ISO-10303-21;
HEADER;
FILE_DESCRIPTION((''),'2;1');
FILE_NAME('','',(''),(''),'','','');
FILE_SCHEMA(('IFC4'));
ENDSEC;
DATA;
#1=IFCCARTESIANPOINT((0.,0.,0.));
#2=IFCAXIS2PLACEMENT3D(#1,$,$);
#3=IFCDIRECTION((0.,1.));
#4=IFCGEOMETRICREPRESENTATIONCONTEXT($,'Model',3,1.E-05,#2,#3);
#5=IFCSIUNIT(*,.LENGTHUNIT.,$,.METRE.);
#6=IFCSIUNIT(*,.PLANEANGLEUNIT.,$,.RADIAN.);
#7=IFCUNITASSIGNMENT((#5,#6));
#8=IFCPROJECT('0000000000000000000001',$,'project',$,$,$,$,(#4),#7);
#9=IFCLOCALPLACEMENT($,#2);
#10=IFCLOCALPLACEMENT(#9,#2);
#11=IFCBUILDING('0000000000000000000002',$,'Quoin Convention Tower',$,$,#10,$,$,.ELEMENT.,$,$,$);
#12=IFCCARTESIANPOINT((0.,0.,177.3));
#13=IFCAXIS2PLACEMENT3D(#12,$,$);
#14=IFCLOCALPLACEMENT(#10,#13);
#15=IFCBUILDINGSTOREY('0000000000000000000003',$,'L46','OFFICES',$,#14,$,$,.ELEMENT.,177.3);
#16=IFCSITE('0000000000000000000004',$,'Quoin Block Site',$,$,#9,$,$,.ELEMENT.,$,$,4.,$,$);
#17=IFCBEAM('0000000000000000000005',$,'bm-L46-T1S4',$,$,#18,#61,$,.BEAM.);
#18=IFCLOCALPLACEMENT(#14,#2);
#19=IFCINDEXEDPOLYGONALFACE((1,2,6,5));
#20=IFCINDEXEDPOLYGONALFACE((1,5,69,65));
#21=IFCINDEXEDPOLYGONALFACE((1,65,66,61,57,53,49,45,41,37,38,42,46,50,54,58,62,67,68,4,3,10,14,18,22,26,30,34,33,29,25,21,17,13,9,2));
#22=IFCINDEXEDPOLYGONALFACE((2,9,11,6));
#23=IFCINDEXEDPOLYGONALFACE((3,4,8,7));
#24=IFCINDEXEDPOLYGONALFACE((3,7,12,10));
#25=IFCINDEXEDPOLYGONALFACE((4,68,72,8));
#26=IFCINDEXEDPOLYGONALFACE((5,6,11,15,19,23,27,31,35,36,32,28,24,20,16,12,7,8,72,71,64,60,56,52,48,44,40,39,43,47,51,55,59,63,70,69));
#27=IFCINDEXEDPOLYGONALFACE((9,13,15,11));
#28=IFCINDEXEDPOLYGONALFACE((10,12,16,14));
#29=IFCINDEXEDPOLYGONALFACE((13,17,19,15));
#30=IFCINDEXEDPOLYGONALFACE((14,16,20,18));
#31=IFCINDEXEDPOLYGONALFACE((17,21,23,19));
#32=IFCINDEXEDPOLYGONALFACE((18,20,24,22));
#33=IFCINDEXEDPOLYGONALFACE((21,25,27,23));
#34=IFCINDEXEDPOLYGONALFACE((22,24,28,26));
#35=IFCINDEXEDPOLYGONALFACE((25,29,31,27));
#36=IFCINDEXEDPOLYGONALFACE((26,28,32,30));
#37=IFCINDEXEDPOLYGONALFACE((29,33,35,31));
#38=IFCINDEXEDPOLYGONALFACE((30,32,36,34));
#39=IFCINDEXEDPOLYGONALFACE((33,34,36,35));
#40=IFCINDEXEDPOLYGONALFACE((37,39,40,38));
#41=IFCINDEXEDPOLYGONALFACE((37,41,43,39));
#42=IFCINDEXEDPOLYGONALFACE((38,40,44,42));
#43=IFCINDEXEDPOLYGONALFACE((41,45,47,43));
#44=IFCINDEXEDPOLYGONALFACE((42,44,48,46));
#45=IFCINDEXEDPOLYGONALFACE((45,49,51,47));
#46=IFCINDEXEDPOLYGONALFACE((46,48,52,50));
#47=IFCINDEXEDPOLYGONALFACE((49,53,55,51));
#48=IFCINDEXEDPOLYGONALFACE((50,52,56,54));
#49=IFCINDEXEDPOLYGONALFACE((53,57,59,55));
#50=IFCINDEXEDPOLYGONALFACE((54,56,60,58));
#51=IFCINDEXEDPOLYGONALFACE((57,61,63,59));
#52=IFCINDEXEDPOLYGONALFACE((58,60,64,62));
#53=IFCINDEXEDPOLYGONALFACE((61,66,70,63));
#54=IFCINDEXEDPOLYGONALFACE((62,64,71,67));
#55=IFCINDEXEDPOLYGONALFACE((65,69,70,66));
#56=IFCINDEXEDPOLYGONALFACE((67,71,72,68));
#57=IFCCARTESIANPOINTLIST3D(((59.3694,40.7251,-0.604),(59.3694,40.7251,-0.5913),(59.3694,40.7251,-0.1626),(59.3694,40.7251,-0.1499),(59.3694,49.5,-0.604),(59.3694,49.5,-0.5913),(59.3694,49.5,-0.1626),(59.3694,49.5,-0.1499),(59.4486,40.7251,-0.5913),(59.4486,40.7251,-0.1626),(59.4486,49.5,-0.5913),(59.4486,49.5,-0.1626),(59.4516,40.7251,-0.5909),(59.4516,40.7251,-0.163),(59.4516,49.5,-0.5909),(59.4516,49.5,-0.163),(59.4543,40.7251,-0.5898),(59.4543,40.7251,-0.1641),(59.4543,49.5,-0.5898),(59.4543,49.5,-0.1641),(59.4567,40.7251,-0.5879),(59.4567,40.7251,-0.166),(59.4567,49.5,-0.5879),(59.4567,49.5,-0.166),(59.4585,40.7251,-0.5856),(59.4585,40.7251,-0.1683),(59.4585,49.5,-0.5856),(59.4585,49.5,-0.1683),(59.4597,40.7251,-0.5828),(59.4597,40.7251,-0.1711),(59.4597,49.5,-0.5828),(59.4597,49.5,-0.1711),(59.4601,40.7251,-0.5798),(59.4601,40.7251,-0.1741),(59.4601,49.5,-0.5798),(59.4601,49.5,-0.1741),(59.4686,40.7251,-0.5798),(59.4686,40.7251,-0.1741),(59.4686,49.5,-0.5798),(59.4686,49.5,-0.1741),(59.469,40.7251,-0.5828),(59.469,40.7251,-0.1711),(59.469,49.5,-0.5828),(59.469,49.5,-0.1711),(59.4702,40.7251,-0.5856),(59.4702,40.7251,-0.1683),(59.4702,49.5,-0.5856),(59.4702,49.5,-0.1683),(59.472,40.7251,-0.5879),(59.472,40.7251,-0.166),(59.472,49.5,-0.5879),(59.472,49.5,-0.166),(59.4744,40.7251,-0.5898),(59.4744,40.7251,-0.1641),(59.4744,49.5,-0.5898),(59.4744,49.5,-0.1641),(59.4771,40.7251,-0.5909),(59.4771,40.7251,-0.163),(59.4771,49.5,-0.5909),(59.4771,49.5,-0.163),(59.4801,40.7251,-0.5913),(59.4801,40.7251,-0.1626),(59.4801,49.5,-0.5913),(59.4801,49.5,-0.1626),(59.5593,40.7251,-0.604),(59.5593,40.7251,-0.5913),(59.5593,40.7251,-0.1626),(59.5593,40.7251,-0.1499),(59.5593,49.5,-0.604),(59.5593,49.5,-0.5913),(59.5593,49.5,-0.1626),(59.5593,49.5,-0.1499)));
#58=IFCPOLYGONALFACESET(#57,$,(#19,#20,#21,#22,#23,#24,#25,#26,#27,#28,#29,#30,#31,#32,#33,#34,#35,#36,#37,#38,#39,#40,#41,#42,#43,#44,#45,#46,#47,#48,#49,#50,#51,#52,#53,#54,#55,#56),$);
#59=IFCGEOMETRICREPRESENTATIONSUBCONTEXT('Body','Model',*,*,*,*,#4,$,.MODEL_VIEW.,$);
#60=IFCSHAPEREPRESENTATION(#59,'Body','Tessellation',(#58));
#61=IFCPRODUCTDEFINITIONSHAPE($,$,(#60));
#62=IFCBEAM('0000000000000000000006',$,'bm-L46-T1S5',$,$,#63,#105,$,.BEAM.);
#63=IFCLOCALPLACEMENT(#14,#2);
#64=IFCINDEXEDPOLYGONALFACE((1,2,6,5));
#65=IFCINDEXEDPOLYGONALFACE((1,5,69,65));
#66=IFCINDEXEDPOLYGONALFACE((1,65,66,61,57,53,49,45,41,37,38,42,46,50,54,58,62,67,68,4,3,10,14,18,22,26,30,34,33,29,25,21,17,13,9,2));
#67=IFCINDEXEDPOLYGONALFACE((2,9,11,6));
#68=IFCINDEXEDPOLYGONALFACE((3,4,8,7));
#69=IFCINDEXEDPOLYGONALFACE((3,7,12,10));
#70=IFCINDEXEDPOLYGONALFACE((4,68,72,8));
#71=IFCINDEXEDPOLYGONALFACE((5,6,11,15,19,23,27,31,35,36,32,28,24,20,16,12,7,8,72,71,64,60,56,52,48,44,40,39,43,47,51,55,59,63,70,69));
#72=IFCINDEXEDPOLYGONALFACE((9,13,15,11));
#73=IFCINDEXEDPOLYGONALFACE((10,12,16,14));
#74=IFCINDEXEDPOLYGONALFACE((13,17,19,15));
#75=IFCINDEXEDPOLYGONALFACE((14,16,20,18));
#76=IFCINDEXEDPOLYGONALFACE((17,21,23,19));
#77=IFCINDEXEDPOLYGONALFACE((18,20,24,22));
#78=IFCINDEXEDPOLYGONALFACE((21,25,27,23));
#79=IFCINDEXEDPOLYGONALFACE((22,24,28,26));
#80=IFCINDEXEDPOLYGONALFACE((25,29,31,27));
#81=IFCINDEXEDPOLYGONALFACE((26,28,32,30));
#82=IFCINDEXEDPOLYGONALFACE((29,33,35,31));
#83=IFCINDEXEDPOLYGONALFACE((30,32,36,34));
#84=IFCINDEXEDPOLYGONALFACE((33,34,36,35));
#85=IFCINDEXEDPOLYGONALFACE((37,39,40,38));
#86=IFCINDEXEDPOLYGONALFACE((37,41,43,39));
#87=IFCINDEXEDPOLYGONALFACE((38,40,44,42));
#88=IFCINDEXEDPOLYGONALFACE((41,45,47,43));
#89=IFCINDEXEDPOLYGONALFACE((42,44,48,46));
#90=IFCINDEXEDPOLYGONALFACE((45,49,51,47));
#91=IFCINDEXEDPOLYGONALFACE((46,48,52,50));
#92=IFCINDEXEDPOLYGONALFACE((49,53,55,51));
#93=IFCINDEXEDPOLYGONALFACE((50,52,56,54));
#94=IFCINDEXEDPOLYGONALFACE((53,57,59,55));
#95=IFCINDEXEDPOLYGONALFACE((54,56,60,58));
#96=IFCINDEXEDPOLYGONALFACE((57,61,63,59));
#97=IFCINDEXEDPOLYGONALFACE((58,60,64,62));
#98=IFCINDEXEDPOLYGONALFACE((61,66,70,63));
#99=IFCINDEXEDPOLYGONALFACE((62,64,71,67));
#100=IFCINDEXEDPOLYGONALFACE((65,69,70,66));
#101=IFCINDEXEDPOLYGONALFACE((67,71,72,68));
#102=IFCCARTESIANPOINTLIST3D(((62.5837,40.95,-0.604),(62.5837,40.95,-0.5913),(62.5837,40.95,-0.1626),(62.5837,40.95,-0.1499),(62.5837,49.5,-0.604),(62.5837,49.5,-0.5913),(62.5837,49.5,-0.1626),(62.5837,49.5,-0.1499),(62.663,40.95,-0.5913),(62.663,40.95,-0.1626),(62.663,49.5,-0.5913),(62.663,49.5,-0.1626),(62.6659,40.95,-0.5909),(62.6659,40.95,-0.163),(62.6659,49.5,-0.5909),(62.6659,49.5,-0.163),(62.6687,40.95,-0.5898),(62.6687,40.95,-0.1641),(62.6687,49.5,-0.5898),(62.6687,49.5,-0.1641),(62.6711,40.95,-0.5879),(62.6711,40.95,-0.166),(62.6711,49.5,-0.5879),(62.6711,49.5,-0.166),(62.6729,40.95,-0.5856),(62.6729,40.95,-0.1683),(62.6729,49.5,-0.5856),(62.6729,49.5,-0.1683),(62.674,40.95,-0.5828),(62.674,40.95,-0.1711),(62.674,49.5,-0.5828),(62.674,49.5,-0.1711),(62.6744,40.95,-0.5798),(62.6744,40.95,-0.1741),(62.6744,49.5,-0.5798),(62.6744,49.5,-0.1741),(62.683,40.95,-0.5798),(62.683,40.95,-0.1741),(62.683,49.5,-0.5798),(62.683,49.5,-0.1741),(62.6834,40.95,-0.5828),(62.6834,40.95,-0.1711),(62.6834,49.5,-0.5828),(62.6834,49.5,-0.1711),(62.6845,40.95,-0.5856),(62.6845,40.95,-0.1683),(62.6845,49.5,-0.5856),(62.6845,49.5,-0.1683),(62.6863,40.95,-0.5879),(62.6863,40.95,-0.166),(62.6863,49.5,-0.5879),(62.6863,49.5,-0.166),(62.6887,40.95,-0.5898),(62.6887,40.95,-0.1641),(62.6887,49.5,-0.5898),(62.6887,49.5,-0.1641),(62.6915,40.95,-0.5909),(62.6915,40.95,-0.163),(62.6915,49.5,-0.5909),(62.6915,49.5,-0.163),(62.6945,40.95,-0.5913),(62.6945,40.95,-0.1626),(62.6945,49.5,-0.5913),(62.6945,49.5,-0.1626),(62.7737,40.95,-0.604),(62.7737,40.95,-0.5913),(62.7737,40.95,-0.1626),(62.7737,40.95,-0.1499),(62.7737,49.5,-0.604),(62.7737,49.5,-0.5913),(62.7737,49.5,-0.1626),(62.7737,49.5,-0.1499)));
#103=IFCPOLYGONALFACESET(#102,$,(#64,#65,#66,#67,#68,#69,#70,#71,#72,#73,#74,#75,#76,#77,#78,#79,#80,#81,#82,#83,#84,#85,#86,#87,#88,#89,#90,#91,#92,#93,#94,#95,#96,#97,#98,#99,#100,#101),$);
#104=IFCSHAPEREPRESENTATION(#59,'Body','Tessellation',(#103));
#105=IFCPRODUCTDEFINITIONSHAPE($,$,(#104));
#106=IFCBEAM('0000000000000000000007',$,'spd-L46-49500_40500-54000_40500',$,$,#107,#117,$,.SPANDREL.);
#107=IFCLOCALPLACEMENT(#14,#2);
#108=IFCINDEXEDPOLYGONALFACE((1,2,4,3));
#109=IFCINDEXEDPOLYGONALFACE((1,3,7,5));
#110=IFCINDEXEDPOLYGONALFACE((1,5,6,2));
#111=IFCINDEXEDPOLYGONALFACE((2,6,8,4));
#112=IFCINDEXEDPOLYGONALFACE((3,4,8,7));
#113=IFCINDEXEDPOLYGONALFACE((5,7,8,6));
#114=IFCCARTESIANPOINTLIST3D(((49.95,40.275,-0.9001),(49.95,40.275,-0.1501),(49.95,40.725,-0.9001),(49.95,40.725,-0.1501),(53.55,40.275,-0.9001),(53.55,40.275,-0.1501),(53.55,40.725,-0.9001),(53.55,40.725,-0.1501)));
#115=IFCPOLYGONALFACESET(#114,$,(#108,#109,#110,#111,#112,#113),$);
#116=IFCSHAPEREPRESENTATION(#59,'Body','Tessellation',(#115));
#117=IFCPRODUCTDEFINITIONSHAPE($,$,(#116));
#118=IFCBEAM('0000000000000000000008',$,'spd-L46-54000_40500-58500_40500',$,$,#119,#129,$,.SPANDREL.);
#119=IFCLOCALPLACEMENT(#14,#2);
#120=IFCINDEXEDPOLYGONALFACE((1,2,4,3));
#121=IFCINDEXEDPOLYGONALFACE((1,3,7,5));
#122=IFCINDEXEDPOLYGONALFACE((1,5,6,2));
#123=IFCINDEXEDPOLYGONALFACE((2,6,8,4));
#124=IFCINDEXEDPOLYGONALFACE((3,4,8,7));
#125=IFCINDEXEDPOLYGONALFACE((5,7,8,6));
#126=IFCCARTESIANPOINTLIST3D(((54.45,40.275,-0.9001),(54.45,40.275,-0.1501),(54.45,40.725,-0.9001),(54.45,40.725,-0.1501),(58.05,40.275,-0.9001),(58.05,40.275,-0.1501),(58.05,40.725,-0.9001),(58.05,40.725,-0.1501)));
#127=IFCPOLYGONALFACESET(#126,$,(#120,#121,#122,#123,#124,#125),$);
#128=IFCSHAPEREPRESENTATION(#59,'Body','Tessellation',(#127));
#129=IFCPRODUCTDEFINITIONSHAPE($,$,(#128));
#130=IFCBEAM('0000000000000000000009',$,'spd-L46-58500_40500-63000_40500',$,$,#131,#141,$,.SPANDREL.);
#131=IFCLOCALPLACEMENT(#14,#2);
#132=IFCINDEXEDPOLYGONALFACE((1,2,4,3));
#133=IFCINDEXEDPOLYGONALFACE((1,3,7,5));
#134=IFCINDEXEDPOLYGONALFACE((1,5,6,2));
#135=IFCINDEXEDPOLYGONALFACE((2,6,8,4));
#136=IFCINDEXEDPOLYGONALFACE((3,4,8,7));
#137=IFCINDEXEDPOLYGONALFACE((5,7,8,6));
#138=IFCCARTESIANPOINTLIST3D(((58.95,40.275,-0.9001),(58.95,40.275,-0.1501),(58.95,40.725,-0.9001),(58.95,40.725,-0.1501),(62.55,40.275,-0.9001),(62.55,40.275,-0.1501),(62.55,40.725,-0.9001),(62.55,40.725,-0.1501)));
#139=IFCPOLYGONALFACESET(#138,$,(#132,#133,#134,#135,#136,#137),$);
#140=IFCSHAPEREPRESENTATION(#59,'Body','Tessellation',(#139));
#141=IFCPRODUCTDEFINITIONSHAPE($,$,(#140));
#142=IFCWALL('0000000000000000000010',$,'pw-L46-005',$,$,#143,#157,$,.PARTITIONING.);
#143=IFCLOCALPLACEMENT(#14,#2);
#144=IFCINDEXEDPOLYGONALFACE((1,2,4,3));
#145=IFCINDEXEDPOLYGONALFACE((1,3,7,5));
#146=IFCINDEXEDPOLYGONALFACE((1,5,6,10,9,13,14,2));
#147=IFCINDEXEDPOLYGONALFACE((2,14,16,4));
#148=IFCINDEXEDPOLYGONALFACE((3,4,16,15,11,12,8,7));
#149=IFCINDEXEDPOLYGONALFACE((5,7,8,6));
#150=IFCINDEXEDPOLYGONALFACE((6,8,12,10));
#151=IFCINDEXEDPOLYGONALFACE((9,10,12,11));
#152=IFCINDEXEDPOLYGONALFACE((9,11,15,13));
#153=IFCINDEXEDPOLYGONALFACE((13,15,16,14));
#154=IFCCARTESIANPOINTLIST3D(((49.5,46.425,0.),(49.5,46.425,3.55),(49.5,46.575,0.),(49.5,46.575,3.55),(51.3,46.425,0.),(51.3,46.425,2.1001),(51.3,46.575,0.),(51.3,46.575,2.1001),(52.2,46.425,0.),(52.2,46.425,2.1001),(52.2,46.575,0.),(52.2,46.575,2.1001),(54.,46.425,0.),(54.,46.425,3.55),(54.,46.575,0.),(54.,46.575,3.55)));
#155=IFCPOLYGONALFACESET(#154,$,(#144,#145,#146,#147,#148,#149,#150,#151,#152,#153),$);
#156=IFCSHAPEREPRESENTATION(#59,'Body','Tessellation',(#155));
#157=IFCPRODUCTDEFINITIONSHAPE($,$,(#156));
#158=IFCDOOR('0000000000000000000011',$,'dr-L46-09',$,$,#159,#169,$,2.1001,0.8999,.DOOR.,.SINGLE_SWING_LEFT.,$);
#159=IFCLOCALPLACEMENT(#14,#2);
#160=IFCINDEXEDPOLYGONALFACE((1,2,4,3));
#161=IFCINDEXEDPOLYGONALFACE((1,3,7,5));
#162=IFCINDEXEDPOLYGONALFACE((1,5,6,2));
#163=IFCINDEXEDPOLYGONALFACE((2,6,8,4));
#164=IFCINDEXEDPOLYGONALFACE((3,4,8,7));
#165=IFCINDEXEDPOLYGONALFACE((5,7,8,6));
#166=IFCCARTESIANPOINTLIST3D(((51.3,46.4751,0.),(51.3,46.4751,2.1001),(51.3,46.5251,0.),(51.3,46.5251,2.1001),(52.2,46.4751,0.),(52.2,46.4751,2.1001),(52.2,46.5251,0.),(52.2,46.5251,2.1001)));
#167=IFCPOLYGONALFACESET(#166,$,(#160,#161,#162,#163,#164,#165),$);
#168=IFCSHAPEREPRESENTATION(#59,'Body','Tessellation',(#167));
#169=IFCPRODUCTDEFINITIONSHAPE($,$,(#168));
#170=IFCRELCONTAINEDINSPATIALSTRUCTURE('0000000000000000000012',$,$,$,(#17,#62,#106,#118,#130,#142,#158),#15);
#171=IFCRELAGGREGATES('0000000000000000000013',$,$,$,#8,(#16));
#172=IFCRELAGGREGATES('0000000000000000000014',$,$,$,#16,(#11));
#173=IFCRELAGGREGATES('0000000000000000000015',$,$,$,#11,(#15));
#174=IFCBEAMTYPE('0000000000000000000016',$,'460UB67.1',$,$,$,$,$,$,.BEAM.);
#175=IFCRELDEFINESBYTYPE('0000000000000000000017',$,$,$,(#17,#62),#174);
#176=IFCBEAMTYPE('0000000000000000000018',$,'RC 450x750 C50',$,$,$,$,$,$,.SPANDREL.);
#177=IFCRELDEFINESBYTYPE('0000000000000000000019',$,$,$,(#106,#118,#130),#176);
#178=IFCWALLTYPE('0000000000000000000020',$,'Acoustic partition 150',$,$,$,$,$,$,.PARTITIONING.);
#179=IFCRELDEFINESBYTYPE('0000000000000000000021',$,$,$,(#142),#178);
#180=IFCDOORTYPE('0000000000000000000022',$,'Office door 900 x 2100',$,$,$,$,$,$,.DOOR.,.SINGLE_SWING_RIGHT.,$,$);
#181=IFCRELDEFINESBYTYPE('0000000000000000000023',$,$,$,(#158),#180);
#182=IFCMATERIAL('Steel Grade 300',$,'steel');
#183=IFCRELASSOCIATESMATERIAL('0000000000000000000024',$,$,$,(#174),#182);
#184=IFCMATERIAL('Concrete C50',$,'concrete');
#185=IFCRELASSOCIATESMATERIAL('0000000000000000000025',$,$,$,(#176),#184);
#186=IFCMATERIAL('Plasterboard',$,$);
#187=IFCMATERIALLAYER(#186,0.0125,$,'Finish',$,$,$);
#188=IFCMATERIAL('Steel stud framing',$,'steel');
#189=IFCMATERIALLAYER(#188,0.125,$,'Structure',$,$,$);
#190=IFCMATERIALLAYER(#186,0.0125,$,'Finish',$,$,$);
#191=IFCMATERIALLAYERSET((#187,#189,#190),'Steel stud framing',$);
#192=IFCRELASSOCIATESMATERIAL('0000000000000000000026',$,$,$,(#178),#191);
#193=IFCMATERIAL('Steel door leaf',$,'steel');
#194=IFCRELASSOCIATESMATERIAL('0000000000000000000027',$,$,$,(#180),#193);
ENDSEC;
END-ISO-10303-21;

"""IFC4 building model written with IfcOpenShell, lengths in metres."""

from ifc_helpers import new_model, si_unit, direction, frame, frame_2d, origin, origin_2d, place, context, subcontext, project, spatial, rectangle, i_section, extrude, material, layer, layer_set, material_profile, profile_set, type_object, element, fill, save


model = new_model("IFC4")

# Units and contexts
model_context = context("Model", 3, precision=1e-05, world=origin(), true_north=direction((0.0, 1.0)))
body_context = subcontext(model_context, "Body", "Model", "MODEL_VIEW")
ifc_project = project(units=[si_unit("LENGTHUNIT", "METRE"), si_unit("PLANEANGLEUNIT", "RADIAN")], contexts=[model_context])

# Site, building, storey
site_placement = place(None, origin())
site = spatial("IfcSite", under=ifc_project, at=site_placement, Name="Quoin Block Site", CompositionType="ELEMENT", RefElevation=4.0)
building_placement = place(site_placement, origin())
building = spatial("IfcBuilding", under=site, at=building_placement, Name="Quoin Convention Tower", CompositionType="ELEMENT")
storey_placement = place(building_placement, frame((0.0, 0.0, 177.3)))
storey = spatial("IfcBuildingStorey", under=building, at=storey_placement, Name="L46", Description="OFFICES", CompositionType="ELEMENT", Elevation=177.3)

# Shared definitions
ifc_material_1 = material(Name="Concrete C50", Category="concrete")

# Beams
ifc_material_2 = material(Name="Steel Grade 300", Category="steel")
ifc_material_profile_1 = material_profile(ifc_material_2, i_section(OverallWidth=0.1899, OverallDepth=0.4541, WebThickness=0.0085, FlangeThickness=0.0127, FilletRadius=0.0115, at=origin_2d()), Name="460UB67.1")
ifc_profile_set_1 = profile_set([ifc_material_profile_1], Name="Steel Grade 300")
beam_type_1 = type_object("IfcBeamType", Name="460UB67.1", PredefinedType="BEAM", material=ifc_profile_set_1)
for number, where, z_axis, x_axis, name in (
    (1, (59.4644, 40.7251, -0.377), (0.0, 1.0, 0.0), (-1.0, 0.0, 0.0), "bm-L46-T1S4"),
):
    element("IfcBeam", number, at=place(storey_placement, frame(where, z_axis=z_axis, x_axis=x_axis)), inside=storey, type_object=beam_type_1, Name=name, PredefinedType="BEAM", context=body_context, shape_type="SweptSolid", body=[
        extrude(i_section(OverallWidth=0.1899, OverallDepth=0.4541, WebThickness=0.0085, FlangeThickness=0.0127, FilletRadius=0.0115, at=origin_2d()), origin(), (0.0, 0.0, 1.0), 8.7749),
    ])
beam_1_placement = place(storey_placement, frame((62.6787, 40.95, -0.377), z_axis=(0.0, 1.0, 0.0), x_axis=(-1.0, 0.0, 0.0)))
element("IfcBeam", 2, at=beam_1_placement, inside=storey, type_object=beam_type_1, Name="bm-L46-T1S5", PredefinedType="BEAM", context=body_context, shape_type="SweptSolid", body=[
    extrude(i_section(OverallWidth=0.1899, OverallDepth=0.4541, WebThickness=0.0085, FlangeThickness=0.0127, FilletRadius=0.0115, at=origin_2d()), origin(), (0.0, 0.0, 1.0), 8.55),
])
ifc_material_profile_2 = material_profile(ifc_material_1, rectangle(XDim=0.45, YDim=0.75, at=origin_2d()), Name="RC 450x750")
ifc_profile_set_2 = profile_set([ifc_material_profile_2], Name="Concrete C50")
beam_type_2 = type_object("IfcBeamType", Name="RC 450x750 C50", PredefinedType="SPANDREL", material=ifc_profile_set_2)
for number, where, z_axis, x_axis, name in (
    (3, (49.95, 40.5, -0.5251), (1.0, 0.0, 0.0), (0.0, 1.0, 0.0), "spd-L46-49500_40500-54000_40500"),
    (4, (54.45, 40.5, -0.5251), (1.0, 0.0, 0.0), (0.0, 1.0, 0.0), "spd-L46-54000_40500-58500_40500"),
    (5, (58.95, 40.5, -0.5251), (1.0, 0.0, 0.0), (0.0, 1.0, 0.0), "spd-L46-58500_40500-63000_40500"),
):
    element("IfcBeam", number, at=place(storey_placement, frame(where, z_axis=z_axis, x_axis=x_axis)), inside=storey, type_object=beam_type_2, Name=name, PredefinedType="SPANDREL", context=body_context, shape_type="SweptSolid", body=[
        extrude(rectangle(XDim=0.45, YDim=0.75, at=origin_2d()), origin(), (0.0, 0.0, 1.0), 3.6001),
    ])

# Wall, opening, door
ifc_material_3 = material(Name="Plasterboard")
ifc_layer_1 = layer(ifc_material_3, 0.0125, Name="Finish")
ifc_material_4 = material(Name="Steel stud framing", Category="steel")
ifc_layer_2 = layer(ifc_material_4, 0.125, Name="Structure")
ifc_layer_3 = layer(ifc_material_3, 0.0125, Name="Finish")
ifc_layer_set_1 = layer_set([ifc_layer_1, ifc_layer_2, ifc_layer_3], Name="Steel stud framing")
wall_type_1 = type_object("IfcWallType", Name="Acoustic partition 150", PredefinedType="PARTITIONING", material=ifc_layer_set_1)
wall_1_placement = place(storey_placement, frame((49.5, 46.5, 0.0), z_axis=(0.0, 0.0, 1.0), x_axis=(1.0, 0.0, 0.0)))
wall_1 = element("IfcWall", 6, at=wall_1_placement, inside=storey, type_object=wall_type_1, Name="pw-L46-005", PredefinedType="PARTITIONING", context=body_context, shape_type="SweptSolid", body=[
    extrude(rectangle(XDim=4.5, YDim=0.1499, at=frame_2d((2.25, 0.0))), origin(), (0.0, 0.0, 1.0), 3.55),
])
opening_1_placement = place(wall_1_placement, frame((1.8, 0.0, 0.0)))
opening_1 = element("IfcOpeningElement", 7, at=opening_1_placement, cuts=wall_1, PredefinedType="OPENING", context=body_context, shape_type="SweptSolid", body=[
    extrude(rectangle(XDim=0.8999, YDim=2.1001, at=frame_2d((0.45, 1.05))), frame((0.0, 0.085, 0.0), z_axis=(0.0, -1.0, 0.0), x_axis=(1.0, 0.0, 0.0)), (0.0, 0.0, 1.0), 0.1699),
])
ifc_material_5 = material(Name="Steel door leaf", Category="steel")
door_type = type_object("IfcDoorType", Name="Office door 900 x 2100", OperationType="SINGLE_SWING_RIGHT", PredefinedType="DOOR", material=ifc_material_5)
door_1_placement = place(opening_1_placement, frame((0.8999, 0.0, 0.0), z_axis=(0.0, 0.0, 1.0), x_axis=(-1.0, 0.0, 0.0)))
door_1 = element("IfcDoor", 8, at=door_1_placement, inside=storey, type_object=door_type, Name="dr-L46-09", OperationType="SINGLE_SWING_LEFT", OverallHeight=2.1001, OverallWidth=0.8999, PredefinedType="DOOR", context=body_context, shape_type="SweptSolid", body=[
    extrude(rectangle(XDim=0.8999, YDim=2.1001, at=frame_2d((0.45, 1.05))), frame((0.0, 0.0249, 0.0), z_axis=(0.0, -1.0, 0.0), x_axis=(1.0, 0.0, 0.0)), (0.0, 0.0, 1.0), 0.05),
])
fill(opening_1, door_1)

save(model, "model.ifc")
